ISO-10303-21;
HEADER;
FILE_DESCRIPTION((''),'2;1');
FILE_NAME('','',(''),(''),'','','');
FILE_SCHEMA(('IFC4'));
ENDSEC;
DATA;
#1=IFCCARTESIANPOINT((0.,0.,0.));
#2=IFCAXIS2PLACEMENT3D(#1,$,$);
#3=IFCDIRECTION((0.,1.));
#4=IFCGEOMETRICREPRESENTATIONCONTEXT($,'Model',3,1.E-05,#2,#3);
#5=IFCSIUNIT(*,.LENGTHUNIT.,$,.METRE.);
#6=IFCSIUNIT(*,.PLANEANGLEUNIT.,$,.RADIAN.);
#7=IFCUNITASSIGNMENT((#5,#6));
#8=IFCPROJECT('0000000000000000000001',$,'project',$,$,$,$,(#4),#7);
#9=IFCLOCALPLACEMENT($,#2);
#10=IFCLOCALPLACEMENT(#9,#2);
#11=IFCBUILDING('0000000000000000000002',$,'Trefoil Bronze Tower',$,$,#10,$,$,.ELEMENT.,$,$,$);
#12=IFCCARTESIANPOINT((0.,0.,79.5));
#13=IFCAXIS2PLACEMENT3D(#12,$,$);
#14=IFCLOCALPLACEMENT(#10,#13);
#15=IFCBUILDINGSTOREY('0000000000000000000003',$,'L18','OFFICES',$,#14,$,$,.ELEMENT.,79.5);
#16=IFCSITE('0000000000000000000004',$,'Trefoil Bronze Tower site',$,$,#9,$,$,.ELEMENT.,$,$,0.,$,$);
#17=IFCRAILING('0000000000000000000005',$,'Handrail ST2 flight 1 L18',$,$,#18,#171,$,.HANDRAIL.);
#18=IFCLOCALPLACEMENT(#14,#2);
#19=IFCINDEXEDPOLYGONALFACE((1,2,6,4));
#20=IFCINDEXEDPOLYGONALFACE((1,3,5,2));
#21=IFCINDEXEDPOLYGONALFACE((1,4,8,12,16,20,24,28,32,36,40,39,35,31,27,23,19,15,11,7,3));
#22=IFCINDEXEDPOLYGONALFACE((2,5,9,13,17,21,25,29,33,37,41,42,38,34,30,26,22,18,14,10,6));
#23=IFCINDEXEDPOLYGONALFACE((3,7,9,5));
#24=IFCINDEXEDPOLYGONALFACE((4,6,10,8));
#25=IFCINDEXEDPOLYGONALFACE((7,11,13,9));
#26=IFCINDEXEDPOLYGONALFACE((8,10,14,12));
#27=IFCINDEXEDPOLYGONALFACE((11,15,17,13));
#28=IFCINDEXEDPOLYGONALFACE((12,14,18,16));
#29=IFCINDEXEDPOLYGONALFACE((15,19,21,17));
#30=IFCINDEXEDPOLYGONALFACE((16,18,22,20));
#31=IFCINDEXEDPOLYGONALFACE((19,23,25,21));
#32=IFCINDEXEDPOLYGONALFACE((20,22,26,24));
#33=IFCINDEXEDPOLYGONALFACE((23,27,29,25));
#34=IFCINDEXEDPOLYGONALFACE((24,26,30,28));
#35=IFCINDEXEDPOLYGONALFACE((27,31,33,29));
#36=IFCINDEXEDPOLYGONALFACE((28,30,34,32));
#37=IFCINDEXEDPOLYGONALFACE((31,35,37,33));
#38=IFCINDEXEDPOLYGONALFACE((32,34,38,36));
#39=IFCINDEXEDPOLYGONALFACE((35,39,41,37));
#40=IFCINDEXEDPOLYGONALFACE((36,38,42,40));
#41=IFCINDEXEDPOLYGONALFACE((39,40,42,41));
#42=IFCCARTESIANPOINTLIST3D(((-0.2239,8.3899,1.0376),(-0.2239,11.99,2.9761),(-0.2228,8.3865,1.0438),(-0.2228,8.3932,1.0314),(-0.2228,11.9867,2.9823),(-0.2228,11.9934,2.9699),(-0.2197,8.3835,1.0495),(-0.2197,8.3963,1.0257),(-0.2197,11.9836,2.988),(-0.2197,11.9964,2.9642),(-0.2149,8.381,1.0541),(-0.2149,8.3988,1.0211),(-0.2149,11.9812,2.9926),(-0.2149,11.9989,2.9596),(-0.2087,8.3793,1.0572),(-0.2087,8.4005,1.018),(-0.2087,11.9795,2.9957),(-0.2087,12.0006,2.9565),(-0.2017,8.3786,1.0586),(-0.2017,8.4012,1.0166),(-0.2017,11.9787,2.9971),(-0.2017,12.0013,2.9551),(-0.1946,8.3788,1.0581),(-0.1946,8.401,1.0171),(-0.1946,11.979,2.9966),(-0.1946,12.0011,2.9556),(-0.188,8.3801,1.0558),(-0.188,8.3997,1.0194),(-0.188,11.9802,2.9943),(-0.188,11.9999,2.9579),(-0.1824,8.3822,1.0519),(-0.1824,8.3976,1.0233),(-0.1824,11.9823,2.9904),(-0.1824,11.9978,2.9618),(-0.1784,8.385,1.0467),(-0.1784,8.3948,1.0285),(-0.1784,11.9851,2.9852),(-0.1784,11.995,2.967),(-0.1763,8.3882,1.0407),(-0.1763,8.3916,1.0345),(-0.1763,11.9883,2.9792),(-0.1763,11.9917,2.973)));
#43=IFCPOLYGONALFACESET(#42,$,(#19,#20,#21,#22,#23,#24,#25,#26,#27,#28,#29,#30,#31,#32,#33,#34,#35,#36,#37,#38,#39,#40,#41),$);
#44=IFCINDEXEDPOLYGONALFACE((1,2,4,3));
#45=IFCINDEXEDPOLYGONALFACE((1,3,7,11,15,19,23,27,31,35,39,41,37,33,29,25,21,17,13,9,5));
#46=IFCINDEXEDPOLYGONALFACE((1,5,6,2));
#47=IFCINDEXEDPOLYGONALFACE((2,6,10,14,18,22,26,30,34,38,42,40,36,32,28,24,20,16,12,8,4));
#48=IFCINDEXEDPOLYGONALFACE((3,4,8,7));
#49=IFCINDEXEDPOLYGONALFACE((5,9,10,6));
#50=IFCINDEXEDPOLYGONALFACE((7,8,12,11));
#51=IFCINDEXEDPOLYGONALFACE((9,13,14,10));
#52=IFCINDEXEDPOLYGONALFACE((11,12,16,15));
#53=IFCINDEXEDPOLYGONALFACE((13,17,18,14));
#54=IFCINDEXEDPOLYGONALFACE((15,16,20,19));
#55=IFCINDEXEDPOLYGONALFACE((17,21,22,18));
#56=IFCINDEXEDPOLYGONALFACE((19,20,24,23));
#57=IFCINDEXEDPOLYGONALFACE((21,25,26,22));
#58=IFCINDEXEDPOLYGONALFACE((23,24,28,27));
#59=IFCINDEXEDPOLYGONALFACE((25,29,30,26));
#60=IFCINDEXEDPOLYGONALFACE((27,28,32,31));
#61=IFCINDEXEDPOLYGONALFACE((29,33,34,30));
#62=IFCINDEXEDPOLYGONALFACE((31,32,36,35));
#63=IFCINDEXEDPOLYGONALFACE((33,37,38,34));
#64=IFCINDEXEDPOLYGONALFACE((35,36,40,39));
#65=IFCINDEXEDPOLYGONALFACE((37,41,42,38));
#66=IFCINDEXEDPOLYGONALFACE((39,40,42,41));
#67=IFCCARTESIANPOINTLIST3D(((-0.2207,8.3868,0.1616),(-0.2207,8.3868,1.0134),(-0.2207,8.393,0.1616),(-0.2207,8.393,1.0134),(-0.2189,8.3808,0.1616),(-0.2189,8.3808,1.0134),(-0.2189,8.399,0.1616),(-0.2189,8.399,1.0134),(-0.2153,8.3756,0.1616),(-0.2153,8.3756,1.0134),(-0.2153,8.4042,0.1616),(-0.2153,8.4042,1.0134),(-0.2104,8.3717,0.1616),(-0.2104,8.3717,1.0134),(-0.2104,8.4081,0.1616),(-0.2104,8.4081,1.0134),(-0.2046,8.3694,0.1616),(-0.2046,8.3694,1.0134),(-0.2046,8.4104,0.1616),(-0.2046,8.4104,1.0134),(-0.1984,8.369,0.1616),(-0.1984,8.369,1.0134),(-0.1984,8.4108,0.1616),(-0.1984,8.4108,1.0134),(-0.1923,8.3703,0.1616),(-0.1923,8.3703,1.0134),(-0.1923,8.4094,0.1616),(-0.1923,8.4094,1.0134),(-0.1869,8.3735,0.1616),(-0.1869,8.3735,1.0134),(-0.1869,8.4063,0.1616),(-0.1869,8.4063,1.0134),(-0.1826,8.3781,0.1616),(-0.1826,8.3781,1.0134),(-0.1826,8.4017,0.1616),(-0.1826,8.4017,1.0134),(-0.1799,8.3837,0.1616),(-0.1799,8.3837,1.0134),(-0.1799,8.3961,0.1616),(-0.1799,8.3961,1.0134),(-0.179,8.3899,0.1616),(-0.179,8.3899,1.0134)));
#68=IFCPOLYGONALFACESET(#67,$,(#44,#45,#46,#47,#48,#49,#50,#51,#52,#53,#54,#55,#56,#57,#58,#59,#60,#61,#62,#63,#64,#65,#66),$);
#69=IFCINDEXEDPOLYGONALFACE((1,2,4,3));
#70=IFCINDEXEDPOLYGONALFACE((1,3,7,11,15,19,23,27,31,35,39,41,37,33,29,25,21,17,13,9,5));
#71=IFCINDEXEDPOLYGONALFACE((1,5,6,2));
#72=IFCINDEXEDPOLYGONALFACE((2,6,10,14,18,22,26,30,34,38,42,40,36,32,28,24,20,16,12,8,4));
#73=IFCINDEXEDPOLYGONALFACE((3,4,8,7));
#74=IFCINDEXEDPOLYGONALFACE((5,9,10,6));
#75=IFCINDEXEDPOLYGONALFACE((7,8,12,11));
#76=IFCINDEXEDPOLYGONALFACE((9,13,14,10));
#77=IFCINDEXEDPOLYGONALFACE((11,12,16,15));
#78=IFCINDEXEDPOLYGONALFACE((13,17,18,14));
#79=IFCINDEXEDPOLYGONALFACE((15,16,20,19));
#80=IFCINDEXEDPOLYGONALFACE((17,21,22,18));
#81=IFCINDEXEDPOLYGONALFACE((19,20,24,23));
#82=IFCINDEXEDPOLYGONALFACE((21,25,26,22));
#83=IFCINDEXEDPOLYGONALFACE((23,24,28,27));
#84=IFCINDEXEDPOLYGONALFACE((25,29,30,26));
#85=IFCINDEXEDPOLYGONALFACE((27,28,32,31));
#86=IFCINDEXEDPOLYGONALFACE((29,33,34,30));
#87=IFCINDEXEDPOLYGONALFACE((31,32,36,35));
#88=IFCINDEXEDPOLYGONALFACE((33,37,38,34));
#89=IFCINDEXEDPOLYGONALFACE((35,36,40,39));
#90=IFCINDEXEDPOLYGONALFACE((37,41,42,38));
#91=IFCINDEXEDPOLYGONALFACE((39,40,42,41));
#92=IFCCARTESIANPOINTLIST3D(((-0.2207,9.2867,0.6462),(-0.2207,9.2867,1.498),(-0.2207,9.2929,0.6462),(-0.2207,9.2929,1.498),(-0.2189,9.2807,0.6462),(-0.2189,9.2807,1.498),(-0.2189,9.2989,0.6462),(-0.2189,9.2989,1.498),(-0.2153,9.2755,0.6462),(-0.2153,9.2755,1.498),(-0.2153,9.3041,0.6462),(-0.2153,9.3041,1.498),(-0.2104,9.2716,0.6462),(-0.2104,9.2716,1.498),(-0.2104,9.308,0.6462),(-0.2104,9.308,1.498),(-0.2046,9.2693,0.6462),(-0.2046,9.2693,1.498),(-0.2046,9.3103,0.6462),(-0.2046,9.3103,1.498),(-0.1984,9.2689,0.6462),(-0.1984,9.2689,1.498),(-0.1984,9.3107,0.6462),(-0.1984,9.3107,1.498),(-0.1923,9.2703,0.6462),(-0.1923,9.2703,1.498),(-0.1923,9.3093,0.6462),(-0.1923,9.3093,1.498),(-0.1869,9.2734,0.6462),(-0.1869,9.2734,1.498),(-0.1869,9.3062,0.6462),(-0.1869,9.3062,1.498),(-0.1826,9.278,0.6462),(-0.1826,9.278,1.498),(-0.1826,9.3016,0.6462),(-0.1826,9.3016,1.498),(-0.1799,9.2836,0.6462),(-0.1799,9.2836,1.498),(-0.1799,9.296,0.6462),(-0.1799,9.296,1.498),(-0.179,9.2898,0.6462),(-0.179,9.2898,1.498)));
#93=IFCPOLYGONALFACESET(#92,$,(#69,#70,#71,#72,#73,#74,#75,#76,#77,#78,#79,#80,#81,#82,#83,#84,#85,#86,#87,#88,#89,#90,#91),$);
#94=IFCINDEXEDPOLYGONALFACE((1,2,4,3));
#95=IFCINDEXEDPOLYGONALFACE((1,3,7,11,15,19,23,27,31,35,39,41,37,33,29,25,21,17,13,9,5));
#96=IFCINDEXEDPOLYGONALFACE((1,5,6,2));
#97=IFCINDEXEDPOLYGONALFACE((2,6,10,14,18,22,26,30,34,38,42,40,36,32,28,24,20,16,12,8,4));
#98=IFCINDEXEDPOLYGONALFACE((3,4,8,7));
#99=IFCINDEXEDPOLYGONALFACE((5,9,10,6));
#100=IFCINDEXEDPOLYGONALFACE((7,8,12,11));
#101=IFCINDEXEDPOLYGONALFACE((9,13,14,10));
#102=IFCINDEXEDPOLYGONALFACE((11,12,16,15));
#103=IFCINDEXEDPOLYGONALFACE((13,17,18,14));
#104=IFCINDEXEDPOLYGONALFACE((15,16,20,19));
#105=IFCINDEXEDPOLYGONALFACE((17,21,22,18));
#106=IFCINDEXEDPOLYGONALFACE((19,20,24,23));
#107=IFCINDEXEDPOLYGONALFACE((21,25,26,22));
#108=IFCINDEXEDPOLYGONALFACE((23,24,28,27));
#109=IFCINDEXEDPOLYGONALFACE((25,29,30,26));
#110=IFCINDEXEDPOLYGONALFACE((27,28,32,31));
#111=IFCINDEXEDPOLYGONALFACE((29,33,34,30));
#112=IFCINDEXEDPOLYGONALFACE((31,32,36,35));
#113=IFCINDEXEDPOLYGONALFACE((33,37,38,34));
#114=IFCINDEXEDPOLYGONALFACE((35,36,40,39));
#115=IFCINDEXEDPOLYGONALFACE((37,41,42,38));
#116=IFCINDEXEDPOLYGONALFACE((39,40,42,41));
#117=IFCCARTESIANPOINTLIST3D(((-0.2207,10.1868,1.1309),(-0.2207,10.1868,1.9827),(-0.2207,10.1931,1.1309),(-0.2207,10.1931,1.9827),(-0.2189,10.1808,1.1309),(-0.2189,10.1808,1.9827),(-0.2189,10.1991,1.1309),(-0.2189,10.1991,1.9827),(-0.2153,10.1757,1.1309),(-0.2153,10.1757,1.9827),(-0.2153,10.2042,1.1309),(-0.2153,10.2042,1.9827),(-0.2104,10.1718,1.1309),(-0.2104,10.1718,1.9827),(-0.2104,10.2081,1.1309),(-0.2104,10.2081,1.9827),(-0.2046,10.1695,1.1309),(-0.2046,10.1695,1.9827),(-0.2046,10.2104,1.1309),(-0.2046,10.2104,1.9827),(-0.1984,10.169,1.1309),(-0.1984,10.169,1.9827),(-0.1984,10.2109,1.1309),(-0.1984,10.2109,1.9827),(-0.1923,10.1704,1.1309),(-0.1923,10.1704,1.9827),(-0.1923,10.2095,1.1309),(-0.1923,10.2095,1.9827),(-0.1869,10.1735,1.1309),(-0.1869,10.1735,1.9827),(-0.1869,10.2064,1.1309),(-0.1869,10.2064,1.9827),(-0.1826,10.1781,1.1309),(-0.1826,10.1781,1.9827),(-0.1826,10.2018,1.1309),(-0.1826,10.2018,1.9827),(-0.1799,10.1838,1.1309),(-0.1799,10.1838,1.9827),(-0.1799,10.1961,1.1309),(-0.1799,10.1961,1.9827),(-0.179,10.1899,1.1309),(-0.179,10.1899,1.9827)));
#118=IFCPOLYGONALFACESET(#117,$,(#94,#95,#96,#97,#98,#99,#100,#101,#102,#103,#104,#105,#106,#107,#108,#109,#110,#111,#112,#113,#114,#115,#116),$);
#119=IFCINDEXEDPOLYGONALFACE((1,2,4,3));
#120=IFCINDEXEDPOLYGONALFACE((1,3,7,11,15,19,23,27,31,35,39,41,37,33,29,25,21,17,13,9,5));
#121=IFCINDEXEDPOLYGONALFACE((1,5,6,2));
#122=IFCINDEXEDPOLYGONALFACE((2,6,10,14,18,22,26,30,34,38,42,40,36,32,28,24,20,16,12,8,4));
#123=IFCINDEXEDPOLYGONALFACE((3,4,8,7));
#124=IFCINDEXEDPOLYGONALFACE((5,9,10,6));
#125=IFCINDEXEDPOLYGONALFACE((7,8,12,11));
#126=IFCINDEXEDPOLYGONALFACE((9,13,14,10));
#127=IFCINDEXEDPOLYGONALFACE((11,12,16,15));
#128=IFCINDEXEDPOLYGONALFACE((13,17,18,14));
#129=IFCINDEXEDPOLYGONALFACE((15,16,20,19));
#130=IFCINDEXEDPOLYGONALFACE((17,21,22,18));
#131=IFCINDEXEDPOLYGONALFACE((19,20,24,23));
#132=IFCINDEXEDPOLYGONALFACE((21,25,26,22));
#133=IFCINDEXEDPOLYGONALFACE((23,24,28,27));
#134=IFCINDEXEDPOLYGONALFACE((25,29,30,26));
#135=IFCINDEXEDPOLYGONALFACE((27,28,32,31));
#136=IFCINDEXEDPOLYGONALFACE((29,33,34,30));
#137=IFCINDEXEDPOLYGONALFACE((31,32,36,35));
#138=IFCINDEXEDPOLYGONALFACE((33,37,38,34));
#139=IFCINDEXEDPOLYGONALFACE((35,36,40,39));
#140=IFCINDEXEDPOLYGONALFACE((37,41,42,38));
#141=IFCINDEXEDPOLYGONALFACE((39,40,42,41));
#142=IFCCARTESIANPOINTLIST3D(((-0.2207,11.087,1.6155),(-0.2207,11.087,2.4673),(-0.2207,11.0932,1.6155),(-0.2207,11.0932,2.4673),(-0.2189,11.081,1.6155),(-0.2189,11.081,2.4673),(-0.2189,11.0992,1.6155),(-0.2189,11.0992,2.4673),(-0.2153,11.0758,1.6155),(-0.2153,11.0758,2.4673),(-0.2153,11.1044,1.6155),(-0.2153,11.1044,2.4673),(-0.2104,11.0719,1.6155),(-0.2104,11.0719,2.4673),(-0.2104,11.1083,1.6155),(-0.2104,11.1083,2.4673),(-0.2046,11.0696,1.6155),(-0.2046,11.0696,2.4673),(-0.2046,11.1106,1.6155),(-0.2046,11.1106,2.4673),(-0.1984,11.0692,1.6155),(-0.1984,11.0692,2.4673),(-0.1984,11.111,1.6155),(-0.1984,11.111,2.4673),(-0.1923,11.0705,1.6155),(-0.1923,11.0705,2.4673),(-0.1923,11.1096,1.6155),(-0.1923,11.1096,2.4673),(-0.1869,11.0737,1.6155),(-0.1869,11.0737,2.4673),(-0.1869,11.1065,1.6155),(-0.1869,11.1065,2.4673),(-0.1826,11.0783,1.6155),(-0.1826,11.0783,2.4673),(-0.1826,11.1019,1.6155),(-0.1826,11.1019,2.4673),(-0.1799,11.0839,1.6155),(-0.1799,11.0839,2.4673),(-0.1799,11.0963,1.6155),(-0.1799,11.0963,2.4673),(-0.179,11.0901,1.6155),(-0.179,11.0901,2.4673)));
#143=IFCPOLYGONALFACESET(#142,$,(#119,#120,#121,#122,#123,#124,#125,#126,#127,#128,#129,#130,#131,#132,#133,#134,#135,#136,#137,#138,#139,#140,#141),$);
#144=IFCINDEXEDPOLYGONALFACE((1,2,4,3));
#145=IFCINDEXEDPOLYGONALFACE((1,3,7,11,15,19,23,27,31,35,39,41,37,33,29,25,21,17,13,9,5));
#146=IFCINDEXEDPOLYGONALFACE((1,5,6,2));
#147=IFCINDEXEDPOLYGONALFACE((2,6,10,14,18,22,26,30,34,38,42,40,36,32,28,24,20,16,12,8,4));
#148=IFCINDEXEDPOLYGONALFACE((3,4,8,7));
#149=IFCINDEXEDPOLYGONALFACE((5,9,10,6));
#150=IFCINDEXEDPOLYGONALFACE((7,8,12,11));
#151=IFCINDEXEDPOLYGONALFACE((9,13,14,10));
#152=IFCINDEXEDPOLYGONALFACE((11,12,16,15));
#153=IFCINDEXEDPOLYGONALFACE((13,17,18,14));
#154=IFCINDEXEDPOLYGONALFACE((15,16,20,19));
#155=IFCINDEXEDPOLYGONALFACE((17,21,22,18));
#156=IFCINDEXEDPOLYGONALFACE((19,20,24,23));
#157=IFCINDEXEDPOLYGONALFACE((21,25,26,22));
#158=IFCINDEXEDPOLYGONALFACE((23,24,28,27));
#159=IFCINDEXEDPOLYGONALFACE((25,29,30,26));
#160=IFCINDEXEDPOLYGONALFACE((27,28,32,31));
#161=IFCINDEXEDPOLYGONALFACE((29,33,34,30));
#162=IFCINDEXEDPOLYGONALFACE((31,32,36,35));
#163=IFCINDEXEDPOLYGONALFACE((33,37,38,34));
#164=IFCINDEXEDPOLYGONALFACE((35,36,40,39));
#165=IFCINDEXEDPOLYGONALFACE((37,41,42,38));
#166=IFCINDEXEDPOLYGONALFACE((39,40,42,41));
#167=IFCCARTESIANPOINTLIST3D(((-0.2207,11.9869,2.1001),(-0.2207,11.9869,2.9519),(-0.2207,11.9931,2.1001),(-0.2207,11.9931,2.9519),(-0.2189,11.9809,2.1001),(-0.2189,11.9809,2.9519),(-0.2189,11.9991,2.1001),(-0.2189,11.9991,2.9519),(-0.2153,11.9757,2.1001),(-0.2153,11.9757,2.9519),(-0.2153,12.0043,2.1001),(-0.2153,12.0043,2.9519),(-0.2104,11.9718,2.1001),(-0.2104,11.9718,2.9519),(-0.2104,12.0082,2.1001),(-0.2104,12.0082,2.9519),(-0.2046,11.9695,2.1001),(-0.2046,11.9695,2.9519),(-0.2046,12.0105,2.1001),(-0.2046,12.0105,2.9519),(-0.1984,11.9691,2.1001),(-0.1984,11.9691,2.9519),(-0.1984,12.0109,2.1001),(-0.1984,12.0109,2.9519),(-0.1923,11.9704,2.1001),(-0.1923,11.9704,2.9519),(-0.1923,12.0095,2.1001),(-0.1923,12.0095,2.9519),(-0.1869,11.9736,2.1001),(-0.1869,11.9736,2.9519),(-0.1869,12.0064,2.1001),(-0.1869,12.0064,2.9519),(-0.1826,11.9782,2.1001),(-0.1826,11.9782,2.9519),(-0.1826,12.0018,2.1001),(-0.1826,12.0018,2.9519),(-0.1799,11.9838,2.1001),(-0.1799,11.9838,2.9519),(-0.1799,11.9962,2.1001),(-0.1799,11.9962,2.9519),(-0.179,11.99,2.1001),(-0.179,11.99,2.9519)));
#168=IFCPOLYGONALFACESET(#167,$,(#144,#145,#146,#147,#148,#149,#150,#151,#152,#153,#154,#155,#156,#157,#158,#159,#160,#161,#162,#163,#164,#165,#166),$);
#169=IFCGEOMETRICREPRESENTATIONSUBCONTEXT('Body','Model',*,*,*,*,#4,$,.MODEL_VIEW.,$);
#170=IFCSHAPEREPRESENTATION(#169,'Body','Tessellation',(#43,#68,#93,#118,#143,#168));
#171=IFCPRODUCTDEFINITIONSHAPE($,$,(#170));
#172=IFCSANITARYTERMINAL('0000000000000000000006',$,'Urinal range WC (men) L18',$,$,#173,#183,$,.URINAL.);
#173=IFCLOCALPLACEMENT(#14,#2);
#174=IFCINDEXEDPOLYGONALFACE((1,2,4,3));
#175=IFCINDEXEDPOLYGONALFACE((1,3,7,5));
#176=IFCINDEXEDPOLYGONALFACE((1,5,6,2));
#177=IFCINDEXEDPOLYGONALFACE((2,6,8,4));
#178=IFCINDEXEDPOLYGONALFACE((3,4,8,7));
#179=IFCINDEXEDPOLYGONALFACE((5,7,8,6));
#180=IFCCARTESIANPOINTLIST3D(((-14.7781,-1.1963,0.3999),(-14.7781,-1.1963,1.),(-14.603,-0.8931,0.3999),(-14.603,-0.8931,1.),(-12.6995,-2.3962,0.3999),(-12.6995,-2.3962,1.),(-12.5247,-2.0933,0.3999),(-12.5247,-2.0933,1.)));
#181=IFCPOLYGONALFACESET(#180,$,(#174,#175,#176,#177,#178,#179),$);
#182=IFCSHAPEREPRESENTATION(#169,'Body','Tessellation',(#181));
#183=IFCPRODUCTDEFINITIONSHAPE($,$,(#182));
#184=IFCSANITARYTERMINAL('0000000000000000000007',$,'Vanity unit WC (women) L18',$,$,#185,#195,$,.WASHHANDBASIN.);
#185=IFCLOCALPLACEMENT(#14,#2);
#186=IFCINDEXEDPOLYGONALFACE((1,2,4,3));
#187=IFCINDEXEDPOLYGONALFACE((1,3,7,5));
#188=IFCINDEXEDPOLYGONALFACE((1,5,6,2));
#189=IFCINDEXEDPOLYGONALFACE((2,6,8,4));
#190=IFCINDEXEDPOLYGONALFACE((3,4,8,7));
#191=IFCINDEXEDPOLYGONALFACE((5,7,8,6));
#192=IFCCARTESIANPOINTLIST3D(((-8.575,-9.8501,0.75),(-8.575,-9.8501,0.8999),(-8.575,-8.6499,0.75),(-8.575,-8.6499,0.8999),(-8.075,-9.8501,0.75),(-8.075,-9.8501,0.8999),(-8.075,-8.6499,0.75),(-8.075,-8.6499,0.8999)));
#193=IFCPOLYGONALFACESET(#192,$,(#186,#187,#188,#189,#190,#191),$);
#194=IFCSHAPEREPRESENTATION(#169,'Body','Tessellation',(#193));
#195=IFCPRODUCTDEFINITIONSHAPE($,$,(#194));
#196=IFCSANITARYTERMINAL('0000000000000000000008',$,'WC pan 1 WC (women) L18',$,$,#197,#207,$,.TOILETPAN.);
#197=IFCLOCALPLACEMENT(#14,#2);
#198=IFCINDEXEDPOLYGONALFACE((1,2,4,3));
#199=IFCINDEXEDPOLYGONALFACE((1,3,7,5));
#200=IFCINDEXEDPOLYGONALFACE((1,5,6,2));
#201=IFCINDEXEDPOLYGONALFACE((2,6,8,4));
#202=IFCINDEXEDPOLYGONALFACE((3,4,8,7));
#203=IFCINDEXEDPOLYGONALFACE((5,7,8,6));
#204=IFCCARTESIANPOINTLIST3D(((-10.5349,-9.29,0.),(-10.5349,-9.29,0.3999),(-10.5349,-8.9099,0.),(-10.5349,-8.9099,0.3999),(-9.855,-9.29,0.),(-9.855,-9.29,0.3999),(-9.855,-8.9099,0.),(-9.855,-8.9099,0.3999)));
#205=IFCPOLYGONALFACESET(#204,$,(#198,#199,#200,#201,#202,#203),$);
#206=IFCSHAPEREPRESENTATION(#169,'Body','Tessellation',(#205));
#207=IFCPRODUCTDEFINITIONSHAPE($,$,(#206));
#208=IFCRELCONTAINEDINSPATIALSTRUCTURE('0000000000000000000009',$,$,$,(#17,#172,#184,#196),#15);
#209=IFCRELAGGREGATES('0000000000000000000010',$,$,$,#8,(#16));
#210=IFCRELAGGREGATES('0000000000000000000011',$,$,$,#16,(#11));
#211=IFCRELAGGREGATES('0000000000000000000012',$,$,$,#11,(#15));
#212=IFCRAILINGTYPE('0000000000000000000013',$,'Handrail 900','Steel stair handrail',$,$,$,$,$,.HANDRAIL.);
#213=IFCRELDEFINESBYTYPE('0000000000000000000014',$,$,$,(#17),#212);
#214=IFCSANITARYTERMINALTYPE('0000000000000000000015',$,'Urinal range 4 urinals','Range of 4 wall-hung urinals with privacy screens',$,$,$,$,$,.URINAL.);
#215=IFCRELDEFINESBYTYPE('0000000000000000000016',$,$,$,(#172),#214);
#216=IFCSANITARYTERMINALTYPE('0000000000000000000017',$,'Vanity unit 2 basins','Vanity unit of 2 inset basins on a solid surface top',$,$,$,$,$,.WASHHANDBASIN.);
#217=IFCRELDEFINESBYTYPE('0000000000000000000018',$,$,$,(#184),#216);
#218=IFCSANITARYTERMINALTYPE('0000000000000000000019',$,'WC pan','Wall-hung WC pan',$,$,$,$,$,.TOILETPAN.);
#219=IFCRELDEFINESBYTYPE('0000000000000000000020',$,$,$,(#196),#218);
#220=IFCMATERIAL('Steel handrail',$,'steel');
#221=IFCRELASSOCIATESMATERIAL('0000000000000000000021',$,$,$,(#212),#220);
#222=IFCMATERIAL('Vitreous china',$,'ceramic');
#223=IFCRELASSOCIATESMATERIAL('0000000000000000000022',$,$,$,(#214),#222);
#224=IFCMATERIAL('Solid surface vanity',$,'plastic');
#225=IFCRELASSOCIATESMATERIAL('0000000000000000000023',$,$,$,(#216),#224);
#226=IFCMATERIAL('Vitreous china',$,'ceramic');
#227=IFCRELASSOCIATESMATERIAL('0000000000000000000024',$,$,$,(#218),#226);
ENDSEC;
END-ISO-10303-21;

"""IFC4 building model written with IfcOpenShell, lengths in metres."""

from ifc_helpers import new_model, si_unit, direction, frame, origin, origin_2d, place, context, subcontext, project, spatial, polyline, circle, outline, extrude, material, type_object, element, save


model = new_model("IFC4")

# Units and contexts
model_context = context("Model", 3, precision=1e-05, world=origin(), true_north=direction((0.0, 1.0)))
body_context = subcontext(model_context, "Body", "Model", "MODEL_VIEW")
ifc_project = project(units=[si_unit("LENGTHUNIT", "METRE"), si_unit("PLANEANGLEUNIT", "RADIAN")], contexts=[model_context])

# Site, building, storey
site_placement = place(None, origin())
site = spatial("IfcSite", under=ifc_project, at=site_placement, Name="Trefoil Bronze Tower site", CompositionType="ELEMENT", RefElevation=0.0)
building_placement = place(site_placement, origin())
building = spatial("IfcBuilding", under=site, at=building_placement, Name="Trefoil Bronze Tower", CompositionType="ELEMENT")
storey_placement = place(building_placement, frame((0.0, 0.0, 79.5)))
storey = spatial("IfcBuildingStorey", under=building, at=storey_placement, Name="L18", Description="OFFICES", CompositionType="ELEMENT", Elevation=79.5)

# Railing
ifc_material_1 = material(Name="Steel handrail", Category="steel")
railing_type = type_object("IfcRailingType", Name="Handrail 900", Description="Steel stair handrail", PredefinedType="HANDRAIL", material=ifc_material_1)
railing_placement = place(storey_placement, frame((-0.2, 8.3899, 0.1616)))
element("IfcRailing", 1, at=railing_placement, inside=storey, type_object=railing_type, Name="Handrail ST2 flight 1 L18", PredefinedType="HANDRAIL", context=body_context, shape_type="SweptSolid", body=[
    extrude(circle(Radius=0.0239, at=origin_2d()), frame((0.0, 0.0, 0.876), z_axis=(0.0, 0.880475, 0.474093), x_axis=(-1.0, 0.0, 0.0)), (0.0, 0.0, 1.0), 4.0889),
    extrude(circle(Radius=0.021, at=origin_2d()), origin(), (0.0, 0.0, 1.0), 0.8518),
    extrude(circle(Radius=0.021, at=origin_2d()), frame((0.0, 0.8999, 0.4846)), (0.0, 0.0, 1.0), 0.8518),
    extrude(circle(Radius=0.021, at=origin_2d()), frame((0.0, 1.8, 0.9692)), (0.0, 0.0, 1.0), 0.8518),
    extrude(circle(Radius=0.021, at=origin_2d()), frame((0.0, 2.7002, 1.4539)), (0.0, 0.0, 1.0), 0.8518),
    extrude(circle(Radius=0.021, at=origin_2d()), frame((0.0, 3.6001, 1.9385)), (0.0, 0.0, 1.0), 0.8518),
])

# Sanitary terminals
ifc_material_2 = material(Name="Vitreous china", Category="ceramic")
sanitary_terminal_type_1 = type_object("IfcSanitaryTerminalType", Name="Urinal range 4 urinals", Description="Range of 4 wall-hung urinals with privacy screens", PredefinedType="URINAL", material=ifc_material_2)
sanitary_terminal_1_placement = place(storey_placement, frame((0.0, 0.0, 0.3999)))
element("IfcSanitaryTerminal", 2, at=sanitary_terminal_1_placement, inside=storey, type_object=sanitary_terminal_type_1, Name="Urinal range WC (men) L18", PredefinedType="URINAL", context=body_context, shape_type="SweptSolid", body=[
    extrude(outline(polyline([(-12.5247, -2.0933), (-12.6995, -2.3962), (-14.7781, -1.1963), (-14.603, -0.8931), (-12.5247, -2.0933)])), origin(), (0.0, 0.0, 1.0), 0.6001),
])
ifc_material_3 = material(Name="Solid surface vanity", Category="plastic")
sanitary_terminal_type_2 = type_object("IfcSanitaryTerminalType", Name="Vanity unit 2 basins", Description="Vanity unit of 2 inset basins on a solid surface top", PredefinedType="WASHHANDBASIN", material=ifc_material_3)
sanitary_terminal_2_placement = place(storey_placement, frame((0.0, 0.0, 0.75)))
element("IfcSanitaryTerminal", 3, at=sanitary_terminal_2_placement, inside=storey, type_object=sanitary_terminal_type_2, Name="Vanity unit WC (women) L18", PredefinedType="WASHHANDBASIN", context=body_context, shape_type="SweptSolid", body=[
    extrude(outline(polyline([(-8.075, -8.6499), (-8.575, -8.6499), (-8.575, -9.8501), (-8.075, -9.8501), (-8.075, -8.6499)])), origin(), (0.0, 0.0, 1.0), 0.1499),
])
ifc_material_4 = material(Name="Vitreous china", Category="ceramic")
sanitary_terminal_type_3 = type_object("IfcSanitaryTerminalType", Name="WC pan", Description="Wall-hung WC pan", PredefinedType="TOILETPAN", material=ifc_material_4)
sanitary_terminal_3_placement = place(storey_placement, origin())
element("IfcSanitaryTerminal", 4, at=sanitary_terminal_3_placement, inside=storey, type_object=sanitary_terminal_type_3, Name="WC pan 1 WC (women) L18", PredefinedType="TOILETPAN", context=body_context, shape_type="SweptSolid", body=[
    extrude(outline(polyline([(-9.855, -8.9099), (-10.5349, -8.9099), (-10.5349, -9.29), (-9.855, -9.29), (-9.855, -8.9099)])), origin(), (0.0, 0.0, 1.0), 0.3999),
])

save(model, "model.ifc")
